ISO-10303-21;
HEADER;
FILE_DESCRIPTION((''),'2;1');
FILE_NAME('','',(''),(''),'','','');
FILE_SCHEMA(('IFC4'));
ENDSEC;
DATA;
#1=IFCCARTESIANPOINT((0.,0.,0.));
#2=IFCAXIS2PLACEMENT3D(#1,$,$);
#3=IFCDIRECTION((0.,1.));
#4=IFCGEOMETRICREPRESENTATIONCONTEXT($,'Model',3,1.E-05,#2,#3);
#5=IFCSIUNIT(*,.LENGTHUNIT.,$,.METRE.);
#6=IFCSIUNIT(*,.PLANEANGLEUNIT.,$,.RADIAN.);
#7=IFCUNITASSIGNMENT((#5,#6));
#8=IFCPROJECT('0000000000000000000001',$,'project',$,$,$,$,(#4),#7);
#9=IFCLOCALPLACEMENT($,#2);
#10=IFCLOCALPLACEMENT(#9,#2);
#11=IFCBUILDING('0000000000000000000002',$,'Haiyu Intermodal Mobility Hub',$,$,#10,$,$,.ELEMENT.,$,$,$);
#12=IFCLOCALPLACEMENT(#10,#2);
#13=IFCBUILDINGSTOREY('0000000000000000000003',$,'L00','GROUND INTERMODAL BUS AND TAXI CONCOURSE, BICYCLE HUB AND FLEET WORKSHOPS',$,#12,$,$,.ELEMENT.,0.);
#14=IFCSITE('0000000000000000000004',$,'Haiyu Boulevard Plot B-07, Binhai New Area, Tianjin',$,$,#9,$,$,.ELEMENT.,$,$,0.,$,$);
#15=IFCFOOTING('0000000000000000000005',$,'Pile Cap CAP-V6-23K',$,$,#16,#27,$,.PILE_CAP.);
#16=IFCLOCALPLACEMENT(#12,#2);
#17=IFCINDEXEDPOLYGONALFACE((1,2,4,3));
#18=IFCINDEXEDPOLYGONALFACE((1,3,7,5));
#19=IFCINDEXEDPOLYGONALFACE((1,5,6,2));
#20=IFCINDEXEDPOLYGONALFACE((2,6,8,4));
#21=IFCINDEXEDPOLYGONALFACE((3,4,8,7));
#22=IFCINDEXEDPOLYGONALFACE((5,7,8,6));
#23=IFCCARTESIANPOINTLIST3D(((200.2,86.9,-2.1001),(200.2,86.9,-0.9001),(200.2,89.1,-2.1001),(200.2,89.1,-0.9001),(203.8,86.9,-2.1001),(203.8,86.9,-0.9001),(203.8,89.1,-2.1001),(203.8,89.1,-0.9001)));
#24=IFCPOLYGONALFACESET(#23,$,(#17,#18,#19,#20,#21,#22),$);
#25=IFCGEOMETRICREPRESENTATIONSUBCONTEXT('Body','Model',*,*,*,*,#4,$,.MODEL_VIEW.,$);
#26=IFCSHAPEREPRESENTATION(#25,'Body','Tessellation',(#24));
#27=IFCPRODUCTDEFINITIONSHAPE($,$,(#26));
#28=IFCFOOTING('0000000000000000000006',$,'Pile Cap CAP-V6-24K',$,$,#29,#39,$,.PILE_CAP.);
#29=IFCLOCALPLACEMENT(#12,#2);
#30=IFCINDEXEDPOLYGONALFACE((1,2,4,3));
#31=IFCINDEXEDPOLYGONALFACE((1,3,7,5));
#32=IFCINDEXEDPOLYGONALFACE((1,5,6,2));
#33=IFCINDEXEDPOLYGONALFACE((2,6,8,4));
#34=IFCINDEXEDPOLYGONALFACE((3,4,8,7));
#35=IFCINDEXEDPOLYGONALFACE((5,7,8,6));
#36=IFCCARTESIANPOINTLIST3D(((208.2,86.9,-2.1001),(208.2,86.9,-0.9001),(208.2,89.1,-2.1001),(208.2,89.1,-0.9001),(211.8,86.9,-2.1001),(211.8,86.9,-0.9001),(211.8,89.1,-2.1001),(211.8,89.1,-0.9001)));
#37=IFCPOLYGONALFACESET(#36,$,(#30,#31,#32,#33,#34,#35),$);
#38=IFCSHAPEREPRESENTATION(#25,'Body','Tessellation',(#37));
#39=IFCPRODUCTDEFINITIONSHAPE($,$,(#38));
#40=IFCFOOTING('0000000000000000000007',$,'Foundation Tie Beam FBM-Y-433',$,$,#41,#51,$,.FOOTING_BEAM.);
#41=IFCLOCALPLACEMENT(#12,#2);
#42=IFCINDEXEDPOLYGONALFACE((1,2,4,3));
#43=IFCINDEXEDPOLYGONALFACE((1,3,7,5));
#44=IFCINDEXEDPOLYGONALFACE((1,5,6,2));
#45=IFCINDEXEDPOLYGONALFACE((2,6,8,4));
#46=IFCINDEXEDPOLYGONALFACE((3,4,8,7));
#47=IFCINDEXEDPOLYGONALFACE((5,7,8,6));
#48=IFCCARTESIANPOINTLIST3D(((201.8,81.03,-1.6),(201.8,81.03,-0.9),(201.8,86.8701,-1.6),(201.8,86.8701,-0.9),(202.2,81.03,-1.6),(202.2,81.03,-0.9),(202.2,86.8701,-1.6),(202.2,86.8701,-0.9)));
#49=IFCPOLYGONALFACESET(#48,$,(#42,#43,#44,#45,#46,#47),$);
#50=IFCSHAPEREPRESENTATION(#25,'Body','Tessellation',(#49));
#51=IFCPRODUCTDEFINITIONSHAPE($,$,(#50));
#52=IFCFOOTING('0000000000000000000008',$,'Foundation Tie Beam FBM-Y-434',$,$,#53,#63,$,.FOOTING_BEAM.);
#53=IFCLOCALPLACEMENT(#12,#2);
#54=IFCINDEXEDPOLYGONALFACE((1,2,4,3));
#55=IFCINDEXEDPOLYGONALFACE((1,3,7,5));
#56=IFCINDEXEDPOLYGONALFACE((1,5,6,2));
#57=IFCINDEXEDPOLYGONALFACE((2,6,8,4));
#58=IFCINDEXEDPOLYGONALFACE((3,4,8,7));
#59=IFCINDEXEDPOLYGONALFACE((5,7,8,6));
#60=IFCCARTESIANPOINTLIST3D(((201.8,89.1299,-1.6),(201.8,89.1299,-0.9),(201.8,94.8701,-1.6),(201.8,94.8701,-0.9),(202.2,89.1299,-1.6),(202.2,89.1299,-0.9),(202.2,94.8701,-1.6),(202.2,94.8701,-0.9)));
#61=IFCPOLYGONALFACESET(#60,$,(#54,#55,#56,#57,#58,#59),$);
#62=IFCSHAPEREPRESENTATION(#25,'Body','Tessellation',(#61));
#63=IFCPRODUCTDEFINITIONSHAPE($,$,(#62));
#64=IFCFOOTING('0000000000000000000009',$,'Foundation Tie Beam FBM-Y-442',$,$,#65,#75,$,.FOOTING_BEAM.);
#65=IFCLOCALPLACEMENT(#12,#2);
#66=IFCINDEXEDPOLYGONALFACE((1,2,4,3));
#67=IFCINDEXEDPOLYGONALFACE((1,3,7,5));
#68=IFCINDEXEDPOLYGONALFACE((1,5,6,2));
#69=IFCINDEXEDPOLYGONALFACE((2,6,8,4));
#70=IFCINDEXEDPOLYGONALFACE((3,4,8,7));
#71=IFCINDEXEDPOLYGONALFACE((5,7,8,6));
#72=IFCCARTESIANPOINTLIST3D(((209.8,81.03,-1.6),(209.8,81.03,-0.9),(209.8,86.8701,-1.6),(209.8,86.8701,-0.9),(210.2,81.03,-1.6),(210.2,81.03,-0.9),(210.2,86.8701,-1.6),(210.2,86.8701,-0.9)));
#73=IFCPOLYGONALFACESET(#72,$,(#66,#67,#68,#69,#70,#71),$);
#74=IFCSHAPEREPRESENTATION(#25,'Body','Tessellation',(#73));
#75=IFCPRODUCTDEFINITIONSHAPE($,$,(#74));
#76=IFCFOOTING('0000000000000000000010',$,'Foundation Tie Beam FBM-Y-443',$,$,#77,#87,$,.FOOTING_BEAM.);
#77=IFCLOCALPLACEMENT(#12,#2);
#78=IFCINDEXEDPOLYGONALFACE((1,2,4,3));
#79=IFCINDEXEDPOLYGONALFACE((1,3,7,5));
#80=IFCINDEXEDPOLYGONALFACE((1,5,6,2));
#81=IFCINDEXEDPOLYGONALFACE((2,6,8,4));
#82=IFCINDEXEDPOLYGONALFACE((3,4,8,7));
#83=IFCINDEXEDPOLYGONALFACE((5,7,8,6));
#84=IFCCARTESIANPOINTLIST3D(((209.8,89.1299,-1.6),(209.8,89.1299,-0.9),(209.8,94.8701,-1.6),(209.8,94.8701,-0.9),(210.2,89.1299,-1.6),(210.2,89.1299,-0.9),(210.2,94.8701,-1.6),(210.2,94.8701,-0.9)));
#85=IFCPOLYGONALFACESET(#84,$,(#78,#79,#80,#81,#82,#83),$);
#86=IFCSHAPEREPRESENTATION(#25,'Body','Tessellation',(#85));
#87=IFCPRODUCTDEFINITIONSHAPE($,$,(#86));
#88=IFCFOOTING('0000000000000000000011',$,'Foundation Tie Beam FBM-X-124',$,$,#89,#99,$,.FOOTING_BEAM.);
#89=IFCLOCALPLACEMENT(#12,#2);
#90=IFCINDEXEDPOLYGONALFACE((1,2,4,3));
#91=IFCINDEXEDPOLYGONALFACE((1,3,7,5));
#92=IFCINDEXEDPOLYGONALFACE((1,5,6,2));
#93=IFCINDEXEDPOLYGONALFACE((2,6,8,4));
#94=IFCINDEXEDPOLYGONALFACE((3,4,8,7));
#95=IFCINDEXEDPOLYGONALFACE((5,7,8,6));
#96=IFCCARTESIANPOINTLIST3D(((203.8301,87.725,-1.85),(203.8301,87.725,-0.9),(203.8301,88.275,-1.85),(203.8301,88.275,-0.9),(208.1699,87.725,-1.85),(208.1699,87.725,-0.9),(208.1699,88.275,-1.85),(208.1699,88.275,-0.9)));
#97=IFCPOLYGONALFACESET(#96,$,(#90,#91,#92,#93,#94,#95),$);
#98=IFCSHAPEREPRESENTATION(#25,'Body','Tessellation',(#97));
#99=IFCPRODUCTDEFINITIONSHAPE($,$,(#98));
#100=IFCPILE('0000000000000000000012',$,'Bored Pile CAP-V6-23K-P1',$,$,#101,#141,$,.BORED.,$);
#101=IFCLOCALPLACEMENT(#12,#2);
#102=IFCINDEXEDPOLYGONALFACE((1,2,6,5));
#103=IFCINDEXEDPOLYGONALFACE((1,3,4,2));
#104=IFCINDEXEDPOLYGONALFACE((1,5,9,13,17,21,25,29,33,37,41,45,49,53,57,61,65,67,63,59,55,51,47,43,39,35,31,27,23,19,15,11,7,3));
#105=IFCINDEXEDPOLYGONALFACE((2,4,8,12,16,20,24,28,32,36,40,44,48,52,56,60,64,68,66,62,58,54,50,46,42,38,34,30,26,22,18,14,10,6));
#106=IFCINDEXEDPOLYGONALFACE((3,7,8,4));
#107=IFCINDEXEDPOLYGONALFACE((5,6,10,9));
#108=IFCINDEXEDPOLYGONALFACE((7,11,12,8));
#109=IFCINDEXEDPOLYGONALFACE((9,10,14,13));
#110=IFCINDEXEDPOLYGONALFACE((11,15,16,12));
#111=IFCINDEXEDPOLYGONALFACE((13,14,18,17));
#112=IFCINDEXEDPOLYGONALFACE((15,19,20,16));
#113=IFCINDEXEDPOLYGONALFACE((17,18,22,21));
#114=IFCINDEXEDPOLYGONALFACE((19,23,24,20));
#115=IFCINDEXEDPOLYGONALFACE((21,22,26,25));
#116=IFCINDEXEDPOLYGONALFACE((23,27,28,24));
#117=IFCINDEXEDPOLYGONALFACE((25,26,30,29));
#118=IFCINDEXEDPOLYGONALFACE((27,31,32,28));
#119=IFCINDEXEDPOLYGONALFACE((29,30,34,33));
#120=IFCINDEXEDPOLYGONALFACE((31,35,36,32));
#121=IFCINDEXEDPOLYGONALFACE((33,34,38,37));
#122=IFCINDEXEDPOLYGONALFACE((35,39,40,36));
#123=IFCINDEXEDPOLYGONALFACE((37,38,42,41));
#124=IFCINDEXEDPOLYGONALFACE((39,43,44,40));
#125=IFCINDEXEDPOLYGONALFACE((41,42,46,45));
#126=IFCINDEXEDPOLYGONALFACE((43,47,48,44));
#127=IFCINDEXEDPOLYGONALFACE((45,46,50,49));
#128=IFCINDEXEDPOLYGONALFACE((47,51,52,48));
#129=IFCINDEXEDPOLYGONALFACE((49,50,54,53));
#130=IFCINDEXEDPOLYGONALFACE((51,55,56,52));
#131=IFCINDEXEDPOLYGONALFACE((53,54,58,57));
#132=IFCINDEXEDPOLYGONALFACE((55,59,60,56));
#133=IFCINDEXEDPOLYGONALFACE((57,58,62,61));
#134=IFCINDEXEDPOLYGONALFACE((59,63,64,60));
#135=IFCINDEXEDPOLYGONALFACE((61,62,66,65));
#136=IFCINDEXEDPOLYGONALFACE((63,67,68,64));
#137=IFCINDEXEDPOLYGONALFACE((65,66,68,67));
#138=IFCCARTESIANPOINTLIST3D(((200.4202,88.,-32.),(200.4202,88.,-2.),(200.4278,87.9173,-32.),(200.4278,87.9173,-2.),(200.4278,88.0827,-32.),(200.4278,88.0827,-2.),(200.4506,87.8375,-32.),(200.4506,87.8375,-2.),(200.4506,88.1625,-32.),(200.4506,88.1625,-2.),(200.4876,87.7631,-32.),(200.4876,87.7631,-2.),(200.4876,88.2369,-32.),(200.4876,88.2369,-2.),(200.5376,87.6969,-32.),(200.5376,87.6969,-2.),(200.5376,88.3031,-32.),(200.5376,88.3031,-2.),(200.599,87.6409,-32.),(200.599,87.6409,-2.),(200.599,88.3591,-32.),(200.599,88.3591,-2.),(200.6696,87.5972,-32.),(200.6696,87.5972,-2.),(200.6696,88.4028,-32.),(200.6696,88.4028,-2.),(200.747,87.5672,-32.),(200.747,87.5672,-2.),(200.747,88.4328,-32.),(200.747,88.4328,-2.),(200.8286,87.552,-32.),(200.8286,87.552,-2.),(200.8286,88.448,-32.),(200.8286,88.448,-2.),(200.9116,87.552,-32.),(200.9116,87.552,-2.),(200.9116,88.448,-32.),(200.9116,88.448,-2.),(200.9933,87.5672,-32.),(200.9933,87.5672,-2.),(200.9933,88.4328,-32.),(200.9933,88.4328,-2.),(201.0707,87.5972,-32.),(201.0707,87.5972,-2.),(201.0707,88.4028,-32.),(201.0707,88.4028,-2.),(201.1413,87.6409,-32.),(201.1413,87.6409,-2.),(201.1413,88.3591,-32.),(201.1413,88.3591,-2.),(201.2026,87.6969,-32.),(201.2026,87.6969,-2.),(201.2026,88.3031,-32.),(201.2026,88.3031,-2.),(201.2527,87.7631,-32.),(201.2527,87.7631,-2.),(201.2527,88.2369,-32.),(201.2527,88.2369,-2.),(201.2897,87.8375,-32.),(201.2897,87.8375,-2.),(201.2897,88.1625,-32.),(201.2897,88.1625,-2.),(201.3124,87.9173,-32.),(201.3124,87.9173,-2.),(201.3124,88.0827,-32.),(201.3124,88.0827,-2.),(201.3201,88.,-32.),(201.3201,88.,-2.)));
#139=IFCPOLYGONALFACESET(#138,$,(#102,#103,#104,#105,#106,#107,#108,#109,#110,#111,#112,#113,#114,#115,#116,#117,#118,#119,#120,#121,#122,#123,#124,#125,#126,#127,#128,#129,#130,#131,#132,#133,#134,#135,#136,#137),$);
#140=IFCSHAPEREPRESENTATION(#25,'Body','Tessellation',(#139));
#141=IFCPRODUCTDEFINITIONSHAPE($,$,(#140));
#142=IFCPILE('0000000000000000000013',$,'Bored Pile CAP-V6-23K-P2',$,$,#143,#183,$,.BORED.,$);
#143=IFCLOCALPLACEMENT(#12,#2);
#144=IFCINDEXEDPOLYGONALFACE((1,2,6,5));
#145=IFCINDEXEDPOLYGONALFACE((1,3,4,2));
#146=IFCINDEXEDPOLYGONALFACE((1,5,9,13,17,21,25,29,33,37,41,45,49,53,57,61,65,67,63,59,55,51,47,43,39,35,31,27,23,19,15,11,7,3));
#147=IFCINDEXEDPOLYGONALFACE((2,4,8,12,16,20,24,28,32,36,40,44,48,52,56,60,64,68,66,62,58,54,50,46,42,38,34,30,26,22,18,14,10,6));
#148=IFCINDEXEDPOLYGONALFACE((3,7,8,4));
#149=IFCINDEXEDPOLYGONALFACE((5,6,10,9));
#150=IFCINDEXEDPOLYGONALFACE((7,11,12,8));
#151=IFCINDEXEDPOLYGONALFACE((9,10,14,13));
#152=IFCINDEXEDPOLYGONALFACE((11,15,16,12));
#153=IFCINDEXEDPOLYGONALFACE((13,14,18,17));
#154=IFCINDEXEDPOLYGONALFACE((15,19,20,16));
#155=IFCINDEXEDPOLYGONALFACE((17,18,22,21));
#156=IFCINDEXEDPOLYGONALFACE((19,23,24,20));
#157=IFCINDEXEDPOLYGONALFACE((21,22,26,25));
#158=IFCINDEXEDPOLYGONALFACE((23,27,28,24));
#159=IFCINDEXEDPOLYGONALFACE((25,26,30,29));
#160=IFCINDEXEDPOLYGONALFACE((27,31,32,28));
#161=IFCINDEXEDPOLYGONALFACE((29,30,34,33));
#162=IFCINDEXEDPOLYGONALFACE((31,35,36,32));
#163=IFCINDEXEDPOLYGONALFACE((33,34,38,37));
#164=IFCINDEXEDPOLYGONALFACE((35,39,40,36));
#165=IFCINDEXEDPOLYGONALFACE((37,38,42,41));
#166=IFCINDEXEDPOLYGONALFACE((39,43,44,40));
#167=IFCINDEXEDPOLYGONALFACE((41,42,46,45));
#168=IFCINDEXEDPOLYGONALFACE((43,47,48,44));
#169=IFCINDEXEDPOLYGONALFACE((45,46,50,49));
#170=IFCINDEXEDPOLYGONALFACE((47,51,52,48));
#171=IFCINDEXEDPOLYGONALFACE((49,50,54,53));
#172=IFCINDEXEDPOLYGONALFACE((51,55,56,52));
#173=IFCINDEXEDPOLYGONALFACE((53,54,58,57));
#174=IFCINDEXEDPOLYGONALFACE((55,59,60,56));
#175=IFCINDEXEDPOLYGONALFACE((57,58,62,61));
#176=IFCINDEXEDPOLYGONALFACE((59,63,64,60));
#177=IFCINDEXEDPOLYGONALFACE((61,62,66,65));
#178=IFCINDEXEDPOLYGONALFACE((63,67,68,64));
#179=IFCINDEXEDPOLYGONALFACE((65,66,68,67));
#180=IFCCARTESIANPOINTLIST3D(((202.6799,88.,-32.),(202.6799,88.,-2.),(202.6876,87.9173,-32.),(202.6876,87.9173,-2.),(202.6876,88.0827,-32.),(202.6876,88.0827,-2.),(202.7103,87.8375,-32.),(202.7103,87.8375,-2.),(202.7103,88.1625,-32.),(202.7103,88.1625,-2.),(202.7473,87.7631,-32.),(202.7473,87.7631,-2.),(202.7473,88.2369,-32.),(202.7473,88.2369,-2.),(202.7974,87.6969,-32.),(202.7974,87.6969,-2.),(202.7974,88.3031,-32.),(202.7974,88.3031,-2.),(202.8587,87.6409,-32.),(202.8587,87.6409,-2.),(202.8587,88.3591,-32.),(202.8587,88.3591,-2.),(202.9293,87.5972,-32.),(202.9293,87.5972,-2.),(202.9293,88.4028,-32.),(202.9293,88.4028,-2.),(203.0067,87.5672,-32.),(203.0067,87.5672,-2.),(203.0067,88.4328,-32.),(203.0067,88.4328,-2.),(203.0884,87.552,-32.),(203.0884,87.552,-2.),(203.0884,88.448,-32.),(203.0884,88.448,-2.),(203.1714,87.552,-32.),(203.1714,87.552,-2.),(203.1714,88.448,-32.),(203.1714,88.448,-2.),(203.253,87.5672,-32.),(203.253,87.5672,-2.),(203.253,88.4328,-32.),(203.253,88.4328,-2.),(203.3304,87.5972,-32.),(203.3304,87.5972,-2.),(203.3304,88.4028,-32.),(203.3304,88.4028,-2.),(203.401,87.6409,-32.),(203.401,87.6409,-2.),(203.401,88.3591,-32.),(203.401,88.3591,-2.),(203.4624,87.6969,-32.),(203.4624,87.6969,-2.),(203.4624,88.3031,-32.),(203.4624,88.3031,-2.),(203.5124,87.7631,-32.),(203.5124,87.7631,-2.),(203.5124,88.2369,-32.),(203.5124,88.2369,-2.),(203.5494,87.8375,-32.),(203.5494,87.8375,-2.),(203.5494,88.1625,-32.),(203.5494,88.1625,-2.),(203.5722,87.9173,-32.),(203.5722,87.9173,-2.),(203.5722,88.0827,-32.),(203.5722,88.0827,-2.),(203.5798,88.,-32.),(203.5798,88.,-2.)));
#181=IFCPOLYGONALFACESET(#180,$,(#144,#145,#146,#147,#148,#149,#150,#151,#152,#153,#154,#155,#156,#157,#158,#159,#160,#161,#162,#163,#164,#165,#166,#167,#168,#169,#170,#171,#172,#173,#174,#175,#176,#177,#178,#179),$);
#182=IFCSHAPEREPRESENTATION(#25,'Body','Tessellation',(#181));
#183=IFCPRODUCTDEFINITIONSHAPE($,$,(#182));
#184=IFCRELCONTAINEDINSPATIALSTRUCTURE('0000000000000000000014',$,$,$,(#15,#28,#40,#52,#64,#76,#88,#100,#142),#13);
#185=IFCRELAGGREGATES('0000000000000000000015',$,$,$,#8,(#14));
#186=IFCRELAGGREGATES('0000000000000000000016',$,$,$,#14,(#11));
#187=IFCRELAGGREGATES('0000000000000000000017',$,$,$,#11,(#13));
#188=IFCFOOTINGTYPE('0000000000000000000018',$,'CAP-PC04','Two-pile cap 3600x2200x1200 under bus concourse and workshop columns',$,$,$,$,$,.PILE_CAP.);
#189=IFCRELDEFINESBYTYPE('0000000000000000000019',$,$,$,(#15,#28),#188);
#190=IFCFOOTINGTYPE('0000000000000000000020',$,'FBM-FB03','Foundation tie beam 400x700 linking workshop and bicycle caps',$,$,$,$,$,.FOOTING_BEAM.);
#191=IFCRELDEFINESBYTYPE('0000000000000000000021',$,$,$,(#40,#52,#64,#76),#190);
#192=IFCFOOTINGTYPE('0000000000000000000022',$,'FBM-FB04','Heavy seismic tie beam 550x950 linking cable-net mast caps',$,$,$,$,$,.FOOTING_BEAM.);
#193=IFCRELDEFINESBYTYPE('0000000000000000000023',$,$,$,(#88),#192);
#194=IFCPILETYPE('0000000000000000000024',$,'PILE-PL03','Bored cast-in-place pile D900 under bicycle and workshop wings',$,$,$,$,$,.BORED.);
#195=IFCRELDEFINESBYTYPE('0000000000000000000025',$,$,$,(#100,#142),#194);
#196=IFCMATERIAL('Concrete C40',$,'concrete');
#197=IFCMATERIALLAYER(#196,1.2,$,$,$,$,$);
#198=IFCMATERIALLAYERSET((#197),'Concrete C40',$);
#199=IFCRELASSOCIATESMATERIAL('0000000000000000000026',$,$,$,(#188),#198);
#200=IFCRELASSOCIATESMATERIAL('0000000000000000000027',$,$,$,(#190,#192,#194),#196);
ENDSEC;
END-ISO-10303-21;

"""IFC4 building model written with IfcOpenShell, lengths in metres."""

from ifc_helpers import new_model, si_unit, direction, frame, origin, origin_2d, place, context, subcontext, project, spatial, rectangle, circle, extrude, material, layer, layer_set, material_profile, profile_set, type_object, element, save


model = new_model("IFC4")

# Units and contexts
model_context = context("Model", 3, precision=1e-05, world=origin(), true_north=direction((0.0, 1.0)))
body_context = subcontext(model_context, "Body", "Model", "MODEL_VIEW")
ifc_project = project(units=[si_unit("LENGTHUNIT", "METRE"), si_unit("PLANEANGLEUNIT", "RADIAN")], contexts=[model_context])

# Site, building, storey
site_placement = place(None, origin())
site = spatial("IfcSite", under=ifc_project, at=site_placement, Name="Haiyu Boulevard Plot B-07, Binhai New Area, Tianjin", CompositionType="ELEMENT", RefElevation=0.0)
building_placement = place(site_placement, origin())
building = spatial("IfcBuilding", under=site, at=building_placement, Name="Haiyu Intermodal Mobility Hub", CompositionType="ELEMENT")
storey_placement = place(building_placement, origin())
storey = spatial("IfcBuildingStorey", under=building, at=storey_placement, Name="L00", Description="GROUND INTERMODAL BUS AND TAXI CONCOURSE, BICYCLE HUB AND FLEET WORKSHOPS", CompositionType="ELEMENT", Elevation=0.0)

# Footings
ifc_material_1 = material(Name="Concrete C40", Category="concrete")
ifc_layer_1 = layer(ifc_material_1, 1.2)
ifc_layer_set_1 = layer_set([ifc_layer_1], Name="Concrete C40")
footing_type_1 = type_object("IfcFootingType", Name="CAP-PC04", Description="Two-pile cap 3600x2200x1200 under bus concourse and workshop columns", PredefinedType="PILE_CAP", material=ifc_layer_set_1)
for number, where, z_axis, x_axis, name in (
    (1, (202.0, 88.0, -2.1001), (0.0, 0.0, 1.0), (1.0, 0.0, 0.0), "Pile Cap CAP-V6-23K"),
    (2, (210.0, 88.0, -2.1001), (0.0, 0.0, 1.0), (1.0, 0.0, 0.0), "Pile Cap CAP-V6-24K"),
):
    element("IfcFooting", number, at=place(storey_placement, frame(where, z_axis=z_axis, x_axis=x_axis)), inside=storey, type_object=footing_type_1, Name=name, PredefinedType="PILE_CAP", context=body_context, shape_type="SweptSolid", body=[
        extrude(rectangle(XDim=3.6001, YDim=2.2, at=origin_2d()), origin(), (0.0, 0.0, 1.0), 1.2),
    ])
ifc_material_profile_1 = material_profile(ifc_material_1, rectangle(XDim=0.3999, YDim=0.7, at=origin_2d()), Name="FB400x700")
ifc_profile_set_1 = profile_set([ifc_material_profile_1], Name="Concrete C40")
footing_type_2 = type_object("IfcFootingType", Name="FBM-FB03", Description="Foundation tie beam 400x700 linking workshop and bicycle caps", PredefinedType="FOOTING_BEAM", material=ifc_profile_set_1)
footing_1_placement = place(storey_placement, frame((202.0, 81.03, -1.25), z_axis=(0.0, 1.0, 0.0), x_axis=(-1.0, 0.0, 0.0)))
element("IfcFooting", 3, at=footing_1_placement, inside=storey, type_object=footing_type_2, Name="Foundation Tie Beam FBM-Y-433", PredefinedType="FOOTING_BEAM", context=body_context, shape_type="SweptSolid", body=[
    extrude(rectangle(XDim=0.3999, YDim=0.7, at=origin_2d()), origin(), (0.0, 0.0, 1.0), 5.8401),
])
footing_2_placement = place(storey_placement, frame((202.0, 89.1299, -1.25), z_axis=(0.0, 1.0, 0.0), x_axis=(-1.0, 0.0, 0.0)))
element("IfcFooting", 4, at=footing_2_placement, inside=storey, type_object=footing_type_2, Name="Foundation Tie Beam FBM-Y-434", PredefinedType="FOOTING_BEAM", context=body_context, shape_type="SweptSolid", body=[
    extrude(rectangle(XDim=0.3999, YDim=0.7, at=origin_2d()), origin(), (0.0, 0.0, 1.0), 5.7402),
])
footing_3_placement = place(storey_placement, frame((210.0, 81.03, -1.25), z_axis=(0.0, 1.0, 0.0), x_axis=(-1.0, 0.0, 0.0)))
element("IfcFooting", 5, at=footing_3_placement, inside=storey, type_object=footing_type_2, Name="Foundation Tie Beam FBM-Y-442", PredefinedType="FOOTING_BEAM", context=body_context, shape_type="SweptSolid", body=[
    extrude(rectangle(XDim=0.3999, YDim=0.7, at=origin_2d()), origin(), (0.0, 0.0, 1.0), 5.8401),
])
footing_4_placement = place(storey_placement, frame((210.0, 89.1299, -1.25), z_axis=(0.0, 1.0, 0.0), x_axis=(-1.0, 0.0, 0.0)))
element("IfcFooting", 6, at=footing_4_placement, inside=storey, type_object=footing_type_2, Name="Foundation Tie Beam FBM-Y-443", PredefinedType="FOOTING_BEAM", context=body_context, shape_type="SweptSolid", body=[
    extrude(rectangle(XDim=0.3999, YDim=0.7, at=origin_2d()), origin(), (0.0, 0.0, 1.0), 5.7402),
])
ifc_material_profile_2 = material_profile(ifc_material_1, rectangle(XDim=0.55, YDim=0.95, at=origin_2d()), Name="FB550x950")
ifc_profile_set_2 = profile_set([ifc_material_profile_2], Name="Concrete C40")
footing_type_3 = type_object("IfcFootingType", Name="FBM-FB04", Description="Heavy seismic tie beam 550x950 linking cable-net mast caps", PredefinedType="FOOTING_BEAM", material=ifc_profile_set_2)
footing_5_placement = place(storey_placement, frame((203.8301, 88.0, -1.375), z_axis=(1.0, 0.0, 0.0), x_axis=(0.0, 1.0, 0.0)))
element("IfcFooting", 7, at=footing_5_placement, inside=storey, type_object=footing_type_3, Name="Foundation Tie Beam FBM-X-124", PredefinedType="FOOTING_BEAM", context=body_context, shape_type="SweptSolid", body=[
    extrude(rectangle(XDim=0.55, YDim=0.95, at=origin_2d()), origin(), (0.0, 0.0, 1.0), 4.3398),
])

# Piles
ifc_material_profile_3 = material_profile(ifc_material_1, circle(Radius=0.45, at=origin_2d()), Name="PILE-D900")
ifc_profile_set_3 = profile_set([ifc_material_profile_3], Name="Concrete C40")
pile_type = type_object("IfcPileType", Name="PILE-PL03", Description="Bored cast-in-place pile D900 under bicycle and workshop wings", PredefinedType="BORED", material=ifc_profile_set_3)
for number, where, z_axis, x_axis, name in (
    (8, (200.8701, 88.0, -2.0), (0.0, 0.0, -1.0), (1.0, 0.0, 0.0), "Bored Pile CAP-V6-23K-P1"),
    (9, (203.1299, 88.0, -2.0), (0.0, 0.0, -1.0), (1.0, 0.0, 0.0), "Bored Pile CAP-V6-23K-P2"),
):
    element("IfcPile", number, at=place(storey_placement, frame(where, z_axis=z_axis, x_axis=x_axis)), inside=storey, type_object=pile_type, Name=name, PredefinedType="BORED", context=body_context, shape_type="SweptSolid", body=[
        extrude(circle(Radius=0.45, at=origin_2d()), origin(), (0.0, 0.0, 1.0), 30.0),
    ])

save(model, "model.ifc")
